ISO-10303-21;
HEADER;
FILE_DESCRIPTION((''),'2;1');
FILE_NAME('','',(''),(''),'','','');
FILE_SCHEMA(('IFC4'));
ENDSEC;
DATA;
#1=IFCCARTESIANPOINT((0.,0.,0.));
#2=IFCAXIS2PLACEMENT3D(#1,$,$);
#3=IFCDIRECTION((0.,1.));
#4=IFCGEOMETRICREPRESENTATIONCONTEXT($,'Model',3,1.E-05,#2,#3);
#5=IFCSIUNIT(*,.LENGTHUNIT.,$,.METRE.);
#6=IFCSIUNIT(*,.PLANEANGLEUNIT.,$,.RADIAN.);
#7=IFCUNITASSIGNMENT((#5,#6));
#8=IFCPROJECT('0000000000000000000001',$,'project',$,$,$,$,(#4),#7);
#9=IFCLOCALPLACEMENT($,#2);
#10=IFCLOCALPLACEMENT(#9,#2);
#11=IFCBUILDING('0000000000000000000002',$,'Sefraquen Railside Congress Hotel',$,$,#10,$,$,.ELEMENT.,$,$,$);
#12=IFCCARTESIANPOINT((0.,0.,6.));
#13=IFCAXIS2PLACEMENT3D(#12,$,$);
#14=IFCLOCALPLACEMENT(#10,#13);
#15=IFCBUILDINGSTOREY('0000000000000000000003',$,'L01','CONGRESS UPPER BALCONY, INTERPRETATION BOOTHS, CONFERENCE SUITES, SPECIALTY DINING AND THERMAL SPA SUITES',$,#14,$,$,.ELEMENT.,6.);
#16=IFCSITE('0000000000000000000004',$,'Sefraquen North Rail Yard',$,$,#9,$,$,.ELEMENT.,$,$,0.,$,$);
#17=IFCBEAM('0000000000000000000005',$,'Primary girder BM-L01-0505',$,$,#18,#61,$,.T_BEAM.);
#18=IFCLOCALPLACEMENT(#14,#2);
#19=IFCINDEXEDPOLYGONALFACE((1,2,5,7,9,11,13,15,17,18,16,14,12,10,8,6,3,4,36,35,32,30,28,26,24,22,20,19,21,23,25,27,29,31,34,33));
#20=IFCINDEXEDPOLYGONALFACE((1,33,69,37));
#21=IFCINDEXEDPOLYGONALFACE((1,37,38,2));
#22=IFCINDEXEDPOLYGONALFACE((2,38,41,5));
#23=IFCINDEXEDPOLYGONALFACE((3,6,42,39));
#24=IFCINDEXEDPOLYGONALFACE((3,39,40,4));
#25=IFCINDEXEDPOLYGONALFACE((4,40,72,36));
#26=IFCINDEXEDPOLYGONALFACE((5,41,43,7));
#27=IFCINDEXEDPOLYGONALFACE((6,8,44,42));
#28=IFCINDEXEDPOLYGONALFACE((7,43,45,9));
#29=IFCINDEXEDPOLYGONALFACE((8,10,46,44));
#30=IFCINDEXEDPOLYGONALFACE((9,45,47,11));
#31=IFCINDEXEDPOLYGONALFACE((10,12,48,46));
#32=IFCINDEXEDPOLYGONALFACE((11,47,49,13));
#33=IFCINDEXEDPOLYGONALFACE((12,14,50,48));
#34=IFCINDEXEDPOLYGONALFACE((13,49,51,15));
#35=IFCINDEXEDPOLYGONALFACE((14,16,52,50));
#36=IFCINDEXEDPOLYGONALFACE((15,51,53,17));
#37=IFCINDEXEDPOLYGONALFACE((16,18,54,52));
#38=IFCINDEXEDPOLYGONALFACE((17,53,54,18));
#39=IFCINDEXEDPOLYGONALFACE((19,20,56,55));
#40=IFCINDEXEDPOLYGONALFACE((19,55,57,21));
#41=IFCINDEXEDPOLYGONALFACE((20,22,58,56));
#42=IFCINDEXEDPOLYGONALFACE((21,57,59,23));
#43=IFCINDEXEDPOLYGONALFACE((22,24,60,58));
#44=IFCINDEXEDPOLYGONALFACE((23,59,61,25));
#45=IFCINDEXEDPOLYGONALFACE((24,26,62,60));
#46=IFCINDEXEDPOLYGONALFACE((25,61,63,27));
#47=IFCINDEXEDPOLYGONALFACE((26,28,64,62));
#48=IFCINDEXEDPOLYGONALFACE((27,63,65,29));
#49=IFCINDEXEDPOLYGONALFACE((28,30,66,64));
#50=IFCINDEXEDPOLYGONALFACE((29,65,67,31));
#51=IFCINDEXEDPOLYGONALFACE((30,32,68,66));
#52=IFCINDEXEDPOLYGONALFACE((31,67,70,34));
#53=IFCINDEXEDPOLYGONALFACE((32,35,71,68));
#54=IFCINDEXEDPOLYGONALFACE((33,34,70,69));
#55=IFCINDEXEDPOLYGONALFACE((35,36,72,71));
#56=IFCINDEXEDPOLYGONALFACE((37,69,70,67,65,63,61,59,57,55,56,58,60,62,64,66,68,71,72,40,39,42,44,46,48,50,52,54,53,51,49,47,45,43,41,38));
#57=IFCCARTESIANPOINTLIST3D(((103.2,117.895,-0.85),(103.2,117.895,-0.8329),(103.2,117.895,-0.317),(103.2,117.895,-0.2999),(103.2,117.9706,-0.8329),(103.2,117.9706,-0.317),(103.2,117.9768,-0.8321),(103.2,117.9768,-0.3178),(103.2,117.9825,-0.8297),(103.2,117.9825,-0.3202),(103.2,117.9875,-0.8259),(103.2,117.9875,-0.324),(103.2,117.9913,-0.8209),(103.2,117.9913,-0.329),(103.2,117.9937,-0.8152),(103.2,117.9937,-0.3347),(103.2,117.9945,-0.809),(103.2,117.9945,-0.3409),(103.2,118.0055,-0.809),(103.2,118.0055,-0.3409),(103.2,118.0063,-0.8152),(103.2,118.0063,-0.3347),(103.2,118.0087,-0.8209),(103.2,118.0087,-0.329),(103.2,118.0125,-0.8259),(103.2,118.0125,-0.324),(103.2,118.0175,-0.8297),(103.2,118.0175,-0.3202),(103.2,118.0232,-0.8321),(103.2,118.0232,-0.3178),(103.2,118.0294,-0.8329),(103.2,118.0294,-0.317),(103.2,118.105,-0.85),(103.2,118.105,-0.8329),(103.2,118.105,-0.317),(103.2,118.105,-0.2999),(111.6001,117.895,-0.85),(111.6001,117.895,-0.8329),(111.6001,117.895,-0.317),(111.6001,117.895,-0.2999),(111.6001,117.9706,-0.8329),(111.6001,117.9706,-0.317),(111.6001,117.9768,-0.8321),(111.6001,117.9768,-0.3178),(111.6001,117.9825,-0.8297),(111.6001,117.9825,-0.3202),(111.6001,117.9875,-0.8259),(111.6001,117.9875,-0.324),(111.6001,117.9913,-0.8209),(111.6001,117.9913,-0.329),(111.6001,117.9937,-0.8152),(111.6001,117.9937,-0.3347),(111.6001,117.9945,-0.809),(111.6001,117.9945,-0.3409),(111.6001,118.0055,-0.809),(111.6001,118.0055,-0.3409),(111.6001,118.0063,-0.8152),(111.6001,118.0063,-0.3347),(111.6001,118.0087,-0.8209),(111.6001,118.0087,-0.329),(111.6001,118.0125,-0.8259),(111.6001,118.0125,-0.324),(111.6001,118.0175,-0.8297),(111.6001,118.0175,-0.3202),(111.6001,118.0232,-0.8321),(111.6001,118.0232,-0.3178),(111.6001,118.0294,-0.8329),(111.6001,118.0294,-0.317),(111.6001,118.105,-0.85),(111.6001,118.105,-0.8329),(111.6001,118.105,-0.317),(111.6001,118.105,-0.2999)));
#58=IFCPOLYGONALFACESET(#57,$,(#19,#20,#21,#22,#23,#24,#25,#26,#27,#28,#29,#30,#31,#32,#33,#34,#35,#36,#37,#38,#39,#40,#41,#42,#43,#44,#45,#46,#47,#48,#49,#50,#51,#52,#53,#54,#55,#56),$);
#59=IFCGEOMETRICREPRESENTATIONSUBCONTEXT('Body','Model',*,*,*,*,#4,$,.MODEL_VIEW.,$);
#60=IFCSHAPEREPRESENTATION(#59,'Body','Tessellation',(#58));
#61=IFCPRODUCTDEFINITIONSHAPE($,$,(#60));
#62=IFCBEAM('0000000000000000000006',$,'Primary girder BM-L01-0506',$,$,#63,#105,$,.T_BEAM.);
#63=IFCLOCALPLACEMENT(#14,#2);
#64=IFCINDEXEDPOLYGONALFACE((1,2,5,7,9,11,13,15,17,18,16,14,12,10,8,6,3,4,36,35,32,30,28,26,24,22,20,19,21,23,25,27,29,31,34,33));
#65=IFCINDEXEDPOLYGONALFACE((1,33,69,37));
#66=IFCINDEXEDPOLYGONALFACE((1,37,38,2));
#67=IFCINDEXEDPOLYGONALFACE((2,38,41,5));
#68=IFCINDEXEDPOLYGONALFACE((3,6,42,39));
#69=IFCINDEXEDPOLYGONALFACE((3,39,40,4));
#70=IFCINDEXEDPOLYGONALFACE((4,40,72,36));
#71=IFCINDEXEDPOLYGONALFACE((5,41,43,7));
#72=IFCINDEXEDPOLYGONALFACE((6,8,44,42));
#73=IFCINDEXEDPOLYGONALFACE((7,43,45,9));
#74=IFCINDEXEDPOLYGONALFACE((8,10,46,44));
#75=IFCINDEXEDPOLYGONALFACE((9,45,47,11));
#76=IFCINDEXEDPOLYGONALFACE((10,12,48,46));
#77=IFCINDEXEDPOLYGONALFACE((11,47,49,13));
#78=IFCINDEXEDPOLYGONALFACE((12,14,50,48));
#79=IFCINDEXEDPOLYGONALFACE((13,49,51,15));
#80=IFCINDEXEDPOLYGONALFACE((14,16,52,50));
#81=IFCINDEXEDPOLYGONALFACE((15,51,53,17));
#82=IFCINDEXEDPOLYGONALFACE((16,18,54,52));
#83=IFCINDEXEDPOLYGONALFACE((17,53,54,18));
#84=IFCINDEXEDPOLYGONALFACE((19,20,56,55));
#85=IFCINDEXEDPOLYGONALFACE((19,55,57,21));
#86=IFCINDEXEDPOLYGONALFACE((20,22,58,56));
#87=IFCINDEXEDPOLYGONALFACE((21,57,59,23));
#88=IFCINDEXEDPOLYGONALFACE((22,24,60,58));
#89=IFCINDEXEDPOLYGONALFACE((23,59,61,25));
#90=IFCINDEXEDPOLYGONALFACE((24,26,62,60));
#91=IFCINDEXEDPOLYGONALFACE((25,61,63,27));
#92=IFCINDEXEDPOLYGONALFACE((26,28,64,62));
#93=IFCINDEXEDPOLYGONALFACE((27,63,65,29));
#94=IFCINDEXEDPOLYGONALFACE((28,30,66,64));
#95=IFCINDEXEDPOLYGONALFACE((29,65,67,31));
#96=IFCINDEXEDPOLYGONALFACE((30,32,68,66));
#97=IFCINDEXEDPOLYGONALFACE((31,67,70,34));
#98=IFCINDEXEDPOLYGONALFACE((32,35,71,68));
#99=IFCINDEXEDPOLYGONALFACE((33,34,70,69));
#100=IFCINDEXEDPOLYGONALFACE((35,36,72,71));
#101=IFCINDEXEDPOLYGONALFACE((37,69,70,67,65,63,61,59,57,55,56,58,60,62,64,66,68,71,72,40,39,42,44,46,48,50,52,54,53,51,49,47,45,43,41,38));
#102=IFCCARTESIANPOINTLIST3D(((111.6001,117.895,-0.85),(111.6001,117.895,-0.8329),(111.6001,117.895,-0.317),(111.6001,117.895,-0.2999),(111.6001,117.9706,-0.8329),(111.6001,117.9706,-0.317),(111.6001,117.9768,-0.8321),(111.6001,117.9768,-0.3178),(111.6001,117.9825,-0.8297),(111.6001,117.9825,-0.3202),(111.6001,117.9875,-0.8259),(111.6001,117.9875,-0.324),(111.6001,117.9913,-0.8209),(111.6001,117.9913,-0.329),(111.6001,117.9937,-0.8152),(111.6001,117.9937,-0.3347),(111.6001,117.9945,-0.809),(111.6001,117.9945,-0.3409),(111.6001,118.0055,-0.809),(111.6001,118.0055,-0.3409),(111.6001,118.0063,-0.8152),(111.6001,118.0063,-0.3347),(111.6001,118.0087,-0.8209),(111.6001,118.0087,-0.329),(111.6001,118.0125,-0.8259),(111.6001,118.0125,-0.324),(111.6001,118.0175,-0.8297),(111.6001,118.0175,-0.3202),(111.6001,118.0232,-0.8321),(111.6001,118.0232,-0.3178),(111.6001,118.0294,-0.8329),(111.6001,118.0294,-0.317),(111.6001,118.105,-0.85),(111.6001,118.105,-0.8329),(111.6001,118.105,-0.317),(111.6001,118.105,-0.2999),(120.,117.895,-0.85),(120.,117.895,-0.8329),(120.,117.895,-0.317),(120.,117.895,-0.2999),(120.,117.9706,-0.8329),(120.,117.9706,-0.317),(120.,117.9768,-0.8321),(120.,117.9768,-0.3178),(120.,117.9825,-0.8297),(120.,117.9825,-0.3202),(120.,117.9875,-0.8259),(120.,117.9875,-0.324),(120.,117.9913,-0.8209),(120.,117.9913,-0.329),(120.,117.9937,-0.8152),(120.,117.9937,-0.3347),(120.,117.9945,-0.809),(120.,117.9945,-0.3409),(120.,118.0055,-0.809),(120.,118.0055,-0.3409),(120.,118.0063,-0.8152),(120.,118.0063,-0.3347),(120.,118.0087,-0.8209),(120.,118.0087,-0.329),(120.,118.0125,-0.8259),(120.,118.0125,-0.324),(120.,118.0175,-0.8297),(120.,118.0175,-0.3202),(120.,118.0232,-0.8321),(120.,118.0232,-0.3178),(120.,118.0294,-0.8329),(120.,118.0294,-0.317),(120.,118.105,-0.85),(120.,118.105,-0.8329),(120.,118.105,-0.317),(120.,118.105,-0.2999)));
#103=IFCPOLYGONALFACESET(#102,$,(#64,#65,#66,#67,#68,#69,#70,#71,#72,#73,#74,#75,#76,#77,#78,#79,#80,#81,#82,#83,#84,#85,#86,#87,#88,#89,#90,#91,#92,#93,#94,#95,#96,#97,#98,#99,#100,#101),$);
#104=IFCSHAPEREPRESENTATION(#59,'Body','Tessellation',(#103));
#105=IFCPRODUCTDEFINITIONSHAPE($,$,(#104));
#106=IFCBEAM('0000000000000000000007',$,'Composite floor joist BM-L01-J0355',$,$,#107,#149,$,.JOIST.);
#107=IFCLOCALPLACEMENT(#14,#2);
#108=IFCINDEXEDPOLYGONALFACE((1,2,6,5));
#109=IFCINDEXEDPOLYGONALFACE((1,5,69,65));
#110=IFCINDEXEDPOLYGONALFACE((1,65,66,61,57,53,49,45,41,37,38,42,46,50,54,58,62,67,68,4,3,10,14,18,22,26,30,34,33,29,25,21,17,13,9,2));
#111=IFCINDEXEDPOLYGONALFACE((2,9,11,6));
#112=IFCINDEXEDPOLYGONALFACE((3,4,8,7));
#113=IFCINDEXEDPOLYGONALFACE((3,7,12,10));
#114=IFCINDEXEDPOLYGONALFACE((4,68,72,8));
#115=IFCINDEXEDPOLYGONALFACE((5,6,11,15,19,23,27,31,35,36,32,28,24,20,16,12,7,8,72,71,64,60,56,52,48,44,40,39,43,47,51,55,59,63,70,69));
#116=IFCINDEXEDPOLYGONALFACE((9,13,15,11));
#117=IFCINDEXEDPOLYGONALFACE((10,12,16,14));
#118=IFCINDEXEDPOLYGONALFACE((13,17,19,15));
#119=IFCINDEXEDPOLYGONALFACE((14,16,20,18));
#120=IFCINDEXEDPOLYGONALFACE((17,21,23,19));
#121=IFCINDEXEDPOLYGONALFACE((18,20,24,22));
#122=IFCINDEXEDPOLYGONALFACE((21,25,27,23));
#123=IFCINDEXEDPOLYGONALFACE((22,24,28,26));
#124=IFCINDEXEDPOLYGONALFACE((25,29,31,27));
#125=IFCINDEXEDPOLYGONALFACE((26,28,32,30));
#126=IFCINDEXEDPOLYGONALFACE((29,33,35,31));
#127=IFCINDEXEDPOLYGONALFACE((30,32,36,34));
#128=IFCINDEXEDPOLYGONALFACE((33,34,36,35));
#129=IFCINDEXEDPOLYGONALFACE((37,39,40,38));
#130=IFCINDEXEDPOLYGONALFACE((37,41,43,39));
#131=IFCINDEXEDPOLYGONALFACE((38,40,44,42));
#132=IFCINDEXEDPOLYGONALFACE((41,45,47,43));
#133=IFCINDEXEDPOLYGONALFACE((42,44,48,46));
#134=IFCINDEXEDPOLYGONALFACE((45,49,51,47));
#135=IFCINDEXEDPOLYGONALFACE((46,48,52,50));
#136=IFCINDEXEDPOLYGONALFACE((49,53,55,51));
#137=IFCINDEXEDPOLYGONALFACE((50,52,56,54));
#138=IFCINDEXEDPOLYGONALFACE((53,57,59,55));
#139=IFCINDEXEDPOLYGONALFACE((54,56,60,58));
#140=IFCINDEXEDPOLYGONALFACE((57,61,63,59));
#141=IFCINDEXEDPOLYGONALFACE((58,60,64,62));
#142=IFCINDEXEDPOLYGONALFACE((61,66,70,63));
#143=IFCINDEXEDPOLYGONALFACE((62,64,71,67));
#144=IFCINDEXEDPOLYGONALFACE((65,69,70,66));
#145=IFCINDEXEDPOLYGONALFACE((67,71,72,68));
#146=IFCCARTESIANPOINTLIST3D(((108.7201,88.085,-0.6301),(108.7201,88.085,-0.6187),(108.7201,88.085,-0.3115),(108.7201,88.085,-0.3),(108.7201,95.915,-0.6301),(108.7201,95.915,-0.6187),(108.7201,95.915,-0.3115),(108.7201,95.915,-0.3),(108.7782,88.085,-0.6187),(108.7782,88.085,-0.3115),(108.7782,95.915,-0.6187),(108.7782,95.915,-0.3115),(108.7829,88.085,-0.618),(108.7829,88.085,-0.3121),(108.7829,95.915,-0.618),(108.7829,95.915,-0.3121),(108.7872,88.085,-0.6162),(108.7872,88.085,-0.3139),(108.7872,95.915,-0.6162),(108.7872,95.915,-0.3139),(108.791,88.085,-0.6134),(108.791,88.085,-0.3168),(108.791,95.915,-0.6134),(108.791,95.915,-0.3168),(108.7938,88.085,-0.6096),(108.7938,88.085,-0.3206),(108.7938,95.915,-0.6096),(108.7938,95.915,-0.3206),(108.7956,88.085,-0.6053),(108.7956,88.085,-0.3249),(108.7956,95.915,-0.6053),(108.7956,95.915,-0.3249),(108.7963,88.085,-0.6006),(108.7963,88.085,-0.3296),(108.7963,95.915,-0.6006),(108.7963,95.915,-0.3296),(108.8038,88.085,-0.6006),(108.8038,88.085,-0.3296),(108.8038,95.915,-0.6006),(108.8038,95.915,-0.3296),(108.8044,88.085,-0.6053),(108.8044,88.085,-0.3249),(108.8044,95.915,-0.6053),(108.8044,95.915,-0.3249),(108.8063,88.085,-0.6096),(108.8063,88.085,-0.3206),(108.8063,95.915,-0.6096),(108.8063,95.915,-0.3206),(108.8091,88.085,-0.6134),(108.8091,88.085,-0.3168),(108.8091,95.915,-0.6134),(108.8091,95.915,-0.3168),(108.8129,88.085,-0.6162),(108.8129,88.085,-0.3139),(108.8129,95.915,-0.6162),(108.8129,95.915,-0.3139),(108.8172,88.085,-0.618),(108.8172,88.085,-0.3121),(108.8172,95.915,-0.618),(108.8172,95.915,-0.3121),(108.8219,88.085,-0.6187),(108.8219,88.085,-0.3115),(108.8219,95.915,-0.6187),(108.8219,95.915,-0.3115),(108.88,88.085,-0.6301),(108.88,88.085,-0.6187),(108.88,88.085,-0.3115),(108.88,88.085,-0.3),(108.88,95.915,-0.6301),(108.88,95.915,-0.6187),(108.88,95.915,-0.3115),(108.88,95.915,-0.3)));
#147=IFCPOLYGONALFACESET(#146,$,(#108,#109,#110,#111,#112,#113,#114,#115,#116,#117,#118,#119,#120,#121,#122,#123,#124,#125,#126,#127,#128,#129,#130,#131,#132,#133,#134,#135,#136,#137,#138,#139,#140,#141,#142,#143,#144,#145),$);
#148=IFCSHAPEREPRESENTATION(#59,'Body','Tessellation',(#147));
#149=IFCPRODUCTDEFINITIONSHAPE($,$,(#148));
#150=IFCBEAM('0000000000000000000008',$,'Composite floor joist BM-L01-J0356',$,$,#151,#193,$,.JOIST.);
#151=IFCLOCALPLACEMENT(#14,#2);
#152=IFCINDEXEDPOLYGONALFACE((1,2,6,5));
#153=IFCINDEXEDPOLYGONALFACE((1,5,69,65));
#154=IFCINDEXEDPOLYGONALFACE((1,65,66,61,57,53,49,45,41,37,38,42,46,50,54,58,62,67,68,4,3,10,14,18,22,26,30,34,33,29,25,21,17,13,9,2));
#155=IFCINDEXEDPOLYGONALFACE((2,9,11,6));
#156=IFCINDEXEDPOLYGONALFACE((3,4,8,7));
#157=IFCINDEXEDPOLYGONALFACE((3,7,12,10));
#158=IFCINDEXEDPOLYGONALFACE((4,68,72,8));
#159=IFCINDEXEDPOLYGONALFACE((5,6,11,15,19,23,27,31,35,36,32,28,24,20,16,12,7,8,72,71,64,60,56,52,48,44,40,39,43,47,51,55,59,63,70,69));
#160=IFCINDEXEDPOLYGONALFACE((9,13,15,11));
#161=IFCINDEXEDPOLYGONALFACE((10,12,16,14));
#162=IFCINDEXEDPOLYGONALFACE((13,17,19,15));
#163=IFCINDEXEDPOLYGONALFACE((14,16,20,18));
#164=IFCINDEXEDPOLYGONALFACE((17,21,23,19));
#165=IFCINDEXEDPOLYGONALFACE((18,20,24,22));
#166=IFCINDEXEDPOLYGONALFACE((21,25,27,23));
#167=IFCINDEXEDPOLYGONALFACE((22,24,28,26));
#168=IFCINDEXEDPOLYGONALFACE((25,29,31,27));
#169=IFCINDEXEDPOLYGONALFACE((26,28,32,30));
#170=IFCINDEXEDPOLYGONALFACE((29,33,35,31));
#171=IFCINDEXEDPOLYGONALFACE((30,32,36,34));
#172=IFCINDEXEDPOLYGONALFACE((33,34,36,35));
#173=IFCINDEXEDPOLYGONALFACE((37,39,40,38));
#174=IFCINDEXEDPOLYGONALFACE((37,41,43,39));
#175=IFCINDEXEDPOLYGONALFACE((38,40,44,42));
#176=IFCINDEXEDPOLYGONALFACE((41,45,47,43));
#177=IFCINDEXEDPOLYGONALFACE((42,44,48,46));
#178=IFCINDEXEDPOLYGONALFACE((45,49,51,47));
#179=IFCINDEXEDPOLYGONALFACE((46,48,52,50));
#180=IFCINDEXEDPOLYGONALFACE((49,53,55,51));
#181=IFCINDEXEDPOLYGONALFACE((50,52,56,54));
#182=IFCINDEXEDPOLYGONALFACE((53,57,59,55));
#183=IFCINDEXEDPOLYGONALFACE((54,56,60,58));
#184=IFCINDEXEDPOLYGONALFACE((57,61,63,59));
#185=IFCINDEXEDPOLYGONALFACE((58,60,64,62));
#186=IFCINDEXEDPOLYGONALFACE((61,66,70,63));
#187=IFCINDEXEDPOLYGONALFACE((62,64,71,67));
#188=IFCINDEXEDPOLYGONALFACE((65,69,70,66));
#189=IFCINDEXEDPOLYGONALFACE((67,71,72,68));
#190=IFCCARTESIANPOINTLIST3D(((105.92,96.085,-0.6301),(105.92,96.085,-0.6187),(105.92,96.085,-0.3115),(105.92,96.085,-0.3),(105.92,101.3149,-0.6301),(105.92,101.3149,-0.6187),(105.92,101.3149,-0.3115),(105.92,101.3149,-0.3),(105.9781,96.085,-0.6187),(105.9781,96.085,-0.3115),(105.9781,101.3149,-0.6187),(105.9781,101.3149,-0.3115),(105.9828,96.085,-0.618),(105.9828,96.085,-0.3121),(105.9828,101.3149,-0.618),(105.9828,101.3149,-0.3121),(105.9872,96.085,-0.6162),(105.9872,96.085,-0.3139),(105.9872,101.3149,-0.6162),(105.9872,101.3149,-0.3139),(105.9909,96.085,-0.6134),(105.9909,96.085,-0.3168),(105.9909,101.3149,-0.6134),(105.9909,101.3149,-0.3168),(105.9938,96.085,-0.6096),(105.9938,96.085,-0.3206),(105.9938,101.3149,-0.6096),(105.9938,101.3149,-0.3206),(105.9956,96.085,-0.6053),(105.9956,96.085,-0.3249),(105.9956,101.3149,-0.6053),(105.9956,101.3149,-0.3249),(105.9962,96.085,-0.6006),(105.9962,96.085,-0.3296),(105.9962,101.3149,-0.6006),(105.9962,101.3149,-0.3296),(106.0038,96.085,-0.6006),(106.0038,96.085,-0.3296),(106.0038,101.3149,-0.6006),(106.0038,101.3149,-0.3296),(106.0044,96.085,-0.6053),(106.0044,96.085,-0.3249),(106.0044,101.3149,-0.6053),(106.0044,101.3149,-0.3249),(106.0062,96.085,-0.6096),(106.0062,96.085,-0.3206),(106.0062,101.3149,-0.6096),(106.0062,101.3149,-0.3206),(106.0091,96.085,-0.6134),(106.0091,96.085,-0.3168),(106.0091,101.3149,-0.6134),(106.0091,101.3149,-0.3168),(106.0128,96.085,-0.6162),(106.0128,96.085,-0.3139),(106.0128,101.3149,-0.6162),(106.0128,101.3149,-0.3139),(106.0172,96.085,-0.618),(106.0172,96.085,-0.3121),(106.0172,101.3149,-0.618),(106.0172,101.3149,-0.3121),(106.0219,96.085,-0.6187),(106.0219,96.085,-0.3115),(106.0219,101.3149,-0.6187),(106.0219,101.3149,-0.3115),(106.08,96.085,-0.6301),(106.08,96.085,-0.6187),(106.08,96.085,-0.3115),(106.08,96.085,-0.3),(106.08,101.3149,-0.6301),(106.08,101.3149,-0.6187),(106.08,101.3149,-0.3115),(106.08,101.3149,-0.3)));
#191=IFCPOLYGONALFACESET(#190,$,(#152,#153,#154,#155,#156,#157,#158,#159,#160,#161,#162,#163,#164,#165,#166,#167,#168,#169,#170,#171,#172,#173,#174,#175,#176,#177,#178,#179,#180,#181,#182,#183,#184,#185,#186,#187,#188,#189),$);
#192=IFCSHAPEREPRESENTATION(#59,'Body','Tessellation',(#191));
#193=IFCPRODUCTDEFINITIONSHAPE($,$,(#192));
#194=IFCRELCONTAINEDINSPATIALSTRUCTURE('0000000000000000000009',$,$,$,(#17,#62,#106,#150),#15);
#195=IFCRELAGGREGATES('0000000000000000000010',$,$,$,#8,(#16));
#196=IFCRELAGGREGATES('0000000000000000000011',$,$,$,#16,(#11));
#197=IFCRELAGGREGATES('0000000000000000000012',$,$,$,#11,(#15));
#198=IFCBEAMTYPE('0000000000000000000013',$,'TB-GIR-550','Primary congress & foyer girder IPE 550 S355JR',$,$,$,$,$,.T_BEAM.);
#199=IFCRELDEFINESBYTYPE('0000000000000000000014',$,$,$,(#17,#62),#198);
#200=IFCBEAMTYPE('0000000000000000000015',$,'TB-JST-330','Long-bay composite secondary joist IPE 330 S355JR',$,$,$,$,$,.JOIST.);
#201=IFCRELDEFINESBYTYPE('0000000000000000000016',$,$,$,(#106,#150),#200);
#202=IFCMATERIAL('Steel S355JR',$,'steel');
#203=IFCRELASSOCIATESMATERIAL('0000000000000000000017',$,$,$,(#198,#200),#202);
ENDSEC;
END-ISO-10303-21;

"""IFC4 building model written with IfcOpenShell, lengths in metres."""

from ifc_helpers import new_model, si_unit, direction, frame, origin, origin_2d, place, context, subcontext, project, spatial, i_section, extrude, material, material_profile, profile_set, type_object, element, save


model = new_model("IFC4")

# Units and contexts
model_context = context("Model", 3, precision=1e-05, world=origin(), true_north=direction((0.0, 1.0)))
body_context = subcontext(model_context, "Body", "Model", "MODEL_VIEW")
ifc_project = project(units=[si_unit("LENGTHUNIT", "METRE"), si_unit("PLANEANGLEUNIT", "RADIAN")], contexts=[model_context])

# Site, building, storey
site_placement = place(None, origin())
site = spatial("IfcSite", under=ifc_project, at=site_placement, Name="Sefraquen North Rail Yard", CompositionType="ELEMENT", RefElevation=0.0)
building_placement = place(site_placement, origin())
building = spatial("IfcBuilding", under=site, at=building_placement, Name="Sefraquen Railside Congress Hotel", CompositionType="ELEMENT")
storey_placement = place(building_placement, frame((0.0, 0.0, 6.0)))
storey = spatial("IfcBuildingStorey", under=building, at=storey_placement, Name="L01", Description="CONGRESS UPPER BALCONY, INTERPRETATION BOOTHS, CONFERENCE SUITES, SPECIALTY DINING AND THERMAL SPA SUITES", CompositionType="ELEMENT", Elevation=6.0)

# Shared definitions
ifc_material_1 = material(Name="Steel S355JR", Category="steel")

# Beams
ifc_material_profile_1 = material_profile(ifc_material_1, i_section(OverallWidth=0.21, OverallDepth=0.55, WebThickness=0.011, FlangeThickness=0.0171, FilletRadius=0.0239, at=origin_2d()), Name="IPE 550")
ifc_profile_set_1 = profile_set([ifc_material_profile_1], Name="Steel S355JR")
beam_type_1 = type_object("IfcBeamType", Name="TB-GIR-550", Description="Primary congress & foyer girder IPE 550 S355JR", PredefinedType="T_BEAM", material=ifc_profile_set_1)
beam_1_placement = place(storey_placement, frame((103.2, 118.0, -0.575), z_axis=(1.0, 0.0, 0.0), x_axis=(0.0, 1.0, 0.0)))
element("IfcBeam", 1, at=beam_1_placement, inside=storey, type_object=beam_type_1, Name="Primary girder BM-L01-0505", PredefinedType="T_BEAM", context=body_context, shape_type="SweptSolid", body=[
    extrude(i_section(OverallWidth=0.21, OverallDepth=0.55, WebThickness=0.011, FlangeThickness=0.0171, FilletRadius=0.0239, at=origin_2d()), origin(), (0.0, 0.0, 1.0), 8.4001),
])
beam_2_placement = place(storey_placement, frame((111.6001, 118.0, -0.575), z_axis=(1.0, 0.0, 0.0), x_axis=(0.0, 1.0, 0.0)))
element("IfcBeam", 2, at=beam_2_placement, inside=storey, type_object=beam_type_1, Name="Primary girder BM-L01-0506", PredefinedType="T_BEAM", context=body_context, shape_type="SweptSolid", body=[
    extrude(i_section(OverallWidth=0.21, OverallDepth=0.55, WebThickness=0.011, FlangeThickness=0.0171, FilletRadius=0.0239, at=origin_2d()), origin(), (0.0, 0.0, 1.0), 8.3999),
])
ifc_material_profile_2 = material_profile(ifc_material_1, i_section(OverallWidth=0.1599, OverallDepth=0.3301, WebThickness=0.0076, FlangeThickness=0.0115, FilletRadius=0.0181, at=origin_2d()), Name="IPE 330")
ifc_profile_set_2 = profile_set([ifc_material_profile_2], Name="Steel S355JR")
beam_type_2 = type_object("IfcBeamType", Name="TB-JST-330", Description="Long-bay composite secondary joist IPE 330 S355JR", PredefinedType="JOIST", material=ifc_profile_set_2)
beam_3_placement = place(storey_placement, frame((108.8, 88.085, -0.4651), z_axis=(0.0, 1.0, 0.0), x_axis=(-1.0, 0.0, 0.0)))
element("IfcBeam", 3, at=beam_3_placement, inside=storey, type_object=beam_type_2, Name="Composite floor joist BM-L01-J0355", PredefinedType="JOIST", context=body_context, shape_type="SweptSolid", body=[
    extrude(i_section(OverallWidth=0.1599, OverallDepth=0.3301, WebThickness=0.0076, FlangeThickness=0.0115, FilletRadius=0.0181, at=origin_2d()), origin(), (0.0, 0.0, 1.0), 7.8301),
])
for number, where, z_axis, x_axis, name in (
    (4, (106.0, 96.085, -0.4651), (0.0, 1.0, 0.0), (-1.0, 0.0, 0.0), "Composite floor joist BM-L01-J0356"),
):
    element("IfcBeam", number, at=place(storey_placement, frame(where, z_axis=z_axis, x_axis=x_axis)), inside=storey, type_object=beam_type_2, Name=name, PredefinedType="JOIST", context=body_context, shape_type="SweptSolid", body=[
        extrude(i_section(OverallWidth=0.1599, OverallDepth=0.3301, WebThickness=0.0076, FlangeThickness=0.0115, FilletRadius=0.0181, at=origin_2d()), origin(), (0.0, 0.0, 1.0), 5.23),
    ])

save(model, "model.ifc")
